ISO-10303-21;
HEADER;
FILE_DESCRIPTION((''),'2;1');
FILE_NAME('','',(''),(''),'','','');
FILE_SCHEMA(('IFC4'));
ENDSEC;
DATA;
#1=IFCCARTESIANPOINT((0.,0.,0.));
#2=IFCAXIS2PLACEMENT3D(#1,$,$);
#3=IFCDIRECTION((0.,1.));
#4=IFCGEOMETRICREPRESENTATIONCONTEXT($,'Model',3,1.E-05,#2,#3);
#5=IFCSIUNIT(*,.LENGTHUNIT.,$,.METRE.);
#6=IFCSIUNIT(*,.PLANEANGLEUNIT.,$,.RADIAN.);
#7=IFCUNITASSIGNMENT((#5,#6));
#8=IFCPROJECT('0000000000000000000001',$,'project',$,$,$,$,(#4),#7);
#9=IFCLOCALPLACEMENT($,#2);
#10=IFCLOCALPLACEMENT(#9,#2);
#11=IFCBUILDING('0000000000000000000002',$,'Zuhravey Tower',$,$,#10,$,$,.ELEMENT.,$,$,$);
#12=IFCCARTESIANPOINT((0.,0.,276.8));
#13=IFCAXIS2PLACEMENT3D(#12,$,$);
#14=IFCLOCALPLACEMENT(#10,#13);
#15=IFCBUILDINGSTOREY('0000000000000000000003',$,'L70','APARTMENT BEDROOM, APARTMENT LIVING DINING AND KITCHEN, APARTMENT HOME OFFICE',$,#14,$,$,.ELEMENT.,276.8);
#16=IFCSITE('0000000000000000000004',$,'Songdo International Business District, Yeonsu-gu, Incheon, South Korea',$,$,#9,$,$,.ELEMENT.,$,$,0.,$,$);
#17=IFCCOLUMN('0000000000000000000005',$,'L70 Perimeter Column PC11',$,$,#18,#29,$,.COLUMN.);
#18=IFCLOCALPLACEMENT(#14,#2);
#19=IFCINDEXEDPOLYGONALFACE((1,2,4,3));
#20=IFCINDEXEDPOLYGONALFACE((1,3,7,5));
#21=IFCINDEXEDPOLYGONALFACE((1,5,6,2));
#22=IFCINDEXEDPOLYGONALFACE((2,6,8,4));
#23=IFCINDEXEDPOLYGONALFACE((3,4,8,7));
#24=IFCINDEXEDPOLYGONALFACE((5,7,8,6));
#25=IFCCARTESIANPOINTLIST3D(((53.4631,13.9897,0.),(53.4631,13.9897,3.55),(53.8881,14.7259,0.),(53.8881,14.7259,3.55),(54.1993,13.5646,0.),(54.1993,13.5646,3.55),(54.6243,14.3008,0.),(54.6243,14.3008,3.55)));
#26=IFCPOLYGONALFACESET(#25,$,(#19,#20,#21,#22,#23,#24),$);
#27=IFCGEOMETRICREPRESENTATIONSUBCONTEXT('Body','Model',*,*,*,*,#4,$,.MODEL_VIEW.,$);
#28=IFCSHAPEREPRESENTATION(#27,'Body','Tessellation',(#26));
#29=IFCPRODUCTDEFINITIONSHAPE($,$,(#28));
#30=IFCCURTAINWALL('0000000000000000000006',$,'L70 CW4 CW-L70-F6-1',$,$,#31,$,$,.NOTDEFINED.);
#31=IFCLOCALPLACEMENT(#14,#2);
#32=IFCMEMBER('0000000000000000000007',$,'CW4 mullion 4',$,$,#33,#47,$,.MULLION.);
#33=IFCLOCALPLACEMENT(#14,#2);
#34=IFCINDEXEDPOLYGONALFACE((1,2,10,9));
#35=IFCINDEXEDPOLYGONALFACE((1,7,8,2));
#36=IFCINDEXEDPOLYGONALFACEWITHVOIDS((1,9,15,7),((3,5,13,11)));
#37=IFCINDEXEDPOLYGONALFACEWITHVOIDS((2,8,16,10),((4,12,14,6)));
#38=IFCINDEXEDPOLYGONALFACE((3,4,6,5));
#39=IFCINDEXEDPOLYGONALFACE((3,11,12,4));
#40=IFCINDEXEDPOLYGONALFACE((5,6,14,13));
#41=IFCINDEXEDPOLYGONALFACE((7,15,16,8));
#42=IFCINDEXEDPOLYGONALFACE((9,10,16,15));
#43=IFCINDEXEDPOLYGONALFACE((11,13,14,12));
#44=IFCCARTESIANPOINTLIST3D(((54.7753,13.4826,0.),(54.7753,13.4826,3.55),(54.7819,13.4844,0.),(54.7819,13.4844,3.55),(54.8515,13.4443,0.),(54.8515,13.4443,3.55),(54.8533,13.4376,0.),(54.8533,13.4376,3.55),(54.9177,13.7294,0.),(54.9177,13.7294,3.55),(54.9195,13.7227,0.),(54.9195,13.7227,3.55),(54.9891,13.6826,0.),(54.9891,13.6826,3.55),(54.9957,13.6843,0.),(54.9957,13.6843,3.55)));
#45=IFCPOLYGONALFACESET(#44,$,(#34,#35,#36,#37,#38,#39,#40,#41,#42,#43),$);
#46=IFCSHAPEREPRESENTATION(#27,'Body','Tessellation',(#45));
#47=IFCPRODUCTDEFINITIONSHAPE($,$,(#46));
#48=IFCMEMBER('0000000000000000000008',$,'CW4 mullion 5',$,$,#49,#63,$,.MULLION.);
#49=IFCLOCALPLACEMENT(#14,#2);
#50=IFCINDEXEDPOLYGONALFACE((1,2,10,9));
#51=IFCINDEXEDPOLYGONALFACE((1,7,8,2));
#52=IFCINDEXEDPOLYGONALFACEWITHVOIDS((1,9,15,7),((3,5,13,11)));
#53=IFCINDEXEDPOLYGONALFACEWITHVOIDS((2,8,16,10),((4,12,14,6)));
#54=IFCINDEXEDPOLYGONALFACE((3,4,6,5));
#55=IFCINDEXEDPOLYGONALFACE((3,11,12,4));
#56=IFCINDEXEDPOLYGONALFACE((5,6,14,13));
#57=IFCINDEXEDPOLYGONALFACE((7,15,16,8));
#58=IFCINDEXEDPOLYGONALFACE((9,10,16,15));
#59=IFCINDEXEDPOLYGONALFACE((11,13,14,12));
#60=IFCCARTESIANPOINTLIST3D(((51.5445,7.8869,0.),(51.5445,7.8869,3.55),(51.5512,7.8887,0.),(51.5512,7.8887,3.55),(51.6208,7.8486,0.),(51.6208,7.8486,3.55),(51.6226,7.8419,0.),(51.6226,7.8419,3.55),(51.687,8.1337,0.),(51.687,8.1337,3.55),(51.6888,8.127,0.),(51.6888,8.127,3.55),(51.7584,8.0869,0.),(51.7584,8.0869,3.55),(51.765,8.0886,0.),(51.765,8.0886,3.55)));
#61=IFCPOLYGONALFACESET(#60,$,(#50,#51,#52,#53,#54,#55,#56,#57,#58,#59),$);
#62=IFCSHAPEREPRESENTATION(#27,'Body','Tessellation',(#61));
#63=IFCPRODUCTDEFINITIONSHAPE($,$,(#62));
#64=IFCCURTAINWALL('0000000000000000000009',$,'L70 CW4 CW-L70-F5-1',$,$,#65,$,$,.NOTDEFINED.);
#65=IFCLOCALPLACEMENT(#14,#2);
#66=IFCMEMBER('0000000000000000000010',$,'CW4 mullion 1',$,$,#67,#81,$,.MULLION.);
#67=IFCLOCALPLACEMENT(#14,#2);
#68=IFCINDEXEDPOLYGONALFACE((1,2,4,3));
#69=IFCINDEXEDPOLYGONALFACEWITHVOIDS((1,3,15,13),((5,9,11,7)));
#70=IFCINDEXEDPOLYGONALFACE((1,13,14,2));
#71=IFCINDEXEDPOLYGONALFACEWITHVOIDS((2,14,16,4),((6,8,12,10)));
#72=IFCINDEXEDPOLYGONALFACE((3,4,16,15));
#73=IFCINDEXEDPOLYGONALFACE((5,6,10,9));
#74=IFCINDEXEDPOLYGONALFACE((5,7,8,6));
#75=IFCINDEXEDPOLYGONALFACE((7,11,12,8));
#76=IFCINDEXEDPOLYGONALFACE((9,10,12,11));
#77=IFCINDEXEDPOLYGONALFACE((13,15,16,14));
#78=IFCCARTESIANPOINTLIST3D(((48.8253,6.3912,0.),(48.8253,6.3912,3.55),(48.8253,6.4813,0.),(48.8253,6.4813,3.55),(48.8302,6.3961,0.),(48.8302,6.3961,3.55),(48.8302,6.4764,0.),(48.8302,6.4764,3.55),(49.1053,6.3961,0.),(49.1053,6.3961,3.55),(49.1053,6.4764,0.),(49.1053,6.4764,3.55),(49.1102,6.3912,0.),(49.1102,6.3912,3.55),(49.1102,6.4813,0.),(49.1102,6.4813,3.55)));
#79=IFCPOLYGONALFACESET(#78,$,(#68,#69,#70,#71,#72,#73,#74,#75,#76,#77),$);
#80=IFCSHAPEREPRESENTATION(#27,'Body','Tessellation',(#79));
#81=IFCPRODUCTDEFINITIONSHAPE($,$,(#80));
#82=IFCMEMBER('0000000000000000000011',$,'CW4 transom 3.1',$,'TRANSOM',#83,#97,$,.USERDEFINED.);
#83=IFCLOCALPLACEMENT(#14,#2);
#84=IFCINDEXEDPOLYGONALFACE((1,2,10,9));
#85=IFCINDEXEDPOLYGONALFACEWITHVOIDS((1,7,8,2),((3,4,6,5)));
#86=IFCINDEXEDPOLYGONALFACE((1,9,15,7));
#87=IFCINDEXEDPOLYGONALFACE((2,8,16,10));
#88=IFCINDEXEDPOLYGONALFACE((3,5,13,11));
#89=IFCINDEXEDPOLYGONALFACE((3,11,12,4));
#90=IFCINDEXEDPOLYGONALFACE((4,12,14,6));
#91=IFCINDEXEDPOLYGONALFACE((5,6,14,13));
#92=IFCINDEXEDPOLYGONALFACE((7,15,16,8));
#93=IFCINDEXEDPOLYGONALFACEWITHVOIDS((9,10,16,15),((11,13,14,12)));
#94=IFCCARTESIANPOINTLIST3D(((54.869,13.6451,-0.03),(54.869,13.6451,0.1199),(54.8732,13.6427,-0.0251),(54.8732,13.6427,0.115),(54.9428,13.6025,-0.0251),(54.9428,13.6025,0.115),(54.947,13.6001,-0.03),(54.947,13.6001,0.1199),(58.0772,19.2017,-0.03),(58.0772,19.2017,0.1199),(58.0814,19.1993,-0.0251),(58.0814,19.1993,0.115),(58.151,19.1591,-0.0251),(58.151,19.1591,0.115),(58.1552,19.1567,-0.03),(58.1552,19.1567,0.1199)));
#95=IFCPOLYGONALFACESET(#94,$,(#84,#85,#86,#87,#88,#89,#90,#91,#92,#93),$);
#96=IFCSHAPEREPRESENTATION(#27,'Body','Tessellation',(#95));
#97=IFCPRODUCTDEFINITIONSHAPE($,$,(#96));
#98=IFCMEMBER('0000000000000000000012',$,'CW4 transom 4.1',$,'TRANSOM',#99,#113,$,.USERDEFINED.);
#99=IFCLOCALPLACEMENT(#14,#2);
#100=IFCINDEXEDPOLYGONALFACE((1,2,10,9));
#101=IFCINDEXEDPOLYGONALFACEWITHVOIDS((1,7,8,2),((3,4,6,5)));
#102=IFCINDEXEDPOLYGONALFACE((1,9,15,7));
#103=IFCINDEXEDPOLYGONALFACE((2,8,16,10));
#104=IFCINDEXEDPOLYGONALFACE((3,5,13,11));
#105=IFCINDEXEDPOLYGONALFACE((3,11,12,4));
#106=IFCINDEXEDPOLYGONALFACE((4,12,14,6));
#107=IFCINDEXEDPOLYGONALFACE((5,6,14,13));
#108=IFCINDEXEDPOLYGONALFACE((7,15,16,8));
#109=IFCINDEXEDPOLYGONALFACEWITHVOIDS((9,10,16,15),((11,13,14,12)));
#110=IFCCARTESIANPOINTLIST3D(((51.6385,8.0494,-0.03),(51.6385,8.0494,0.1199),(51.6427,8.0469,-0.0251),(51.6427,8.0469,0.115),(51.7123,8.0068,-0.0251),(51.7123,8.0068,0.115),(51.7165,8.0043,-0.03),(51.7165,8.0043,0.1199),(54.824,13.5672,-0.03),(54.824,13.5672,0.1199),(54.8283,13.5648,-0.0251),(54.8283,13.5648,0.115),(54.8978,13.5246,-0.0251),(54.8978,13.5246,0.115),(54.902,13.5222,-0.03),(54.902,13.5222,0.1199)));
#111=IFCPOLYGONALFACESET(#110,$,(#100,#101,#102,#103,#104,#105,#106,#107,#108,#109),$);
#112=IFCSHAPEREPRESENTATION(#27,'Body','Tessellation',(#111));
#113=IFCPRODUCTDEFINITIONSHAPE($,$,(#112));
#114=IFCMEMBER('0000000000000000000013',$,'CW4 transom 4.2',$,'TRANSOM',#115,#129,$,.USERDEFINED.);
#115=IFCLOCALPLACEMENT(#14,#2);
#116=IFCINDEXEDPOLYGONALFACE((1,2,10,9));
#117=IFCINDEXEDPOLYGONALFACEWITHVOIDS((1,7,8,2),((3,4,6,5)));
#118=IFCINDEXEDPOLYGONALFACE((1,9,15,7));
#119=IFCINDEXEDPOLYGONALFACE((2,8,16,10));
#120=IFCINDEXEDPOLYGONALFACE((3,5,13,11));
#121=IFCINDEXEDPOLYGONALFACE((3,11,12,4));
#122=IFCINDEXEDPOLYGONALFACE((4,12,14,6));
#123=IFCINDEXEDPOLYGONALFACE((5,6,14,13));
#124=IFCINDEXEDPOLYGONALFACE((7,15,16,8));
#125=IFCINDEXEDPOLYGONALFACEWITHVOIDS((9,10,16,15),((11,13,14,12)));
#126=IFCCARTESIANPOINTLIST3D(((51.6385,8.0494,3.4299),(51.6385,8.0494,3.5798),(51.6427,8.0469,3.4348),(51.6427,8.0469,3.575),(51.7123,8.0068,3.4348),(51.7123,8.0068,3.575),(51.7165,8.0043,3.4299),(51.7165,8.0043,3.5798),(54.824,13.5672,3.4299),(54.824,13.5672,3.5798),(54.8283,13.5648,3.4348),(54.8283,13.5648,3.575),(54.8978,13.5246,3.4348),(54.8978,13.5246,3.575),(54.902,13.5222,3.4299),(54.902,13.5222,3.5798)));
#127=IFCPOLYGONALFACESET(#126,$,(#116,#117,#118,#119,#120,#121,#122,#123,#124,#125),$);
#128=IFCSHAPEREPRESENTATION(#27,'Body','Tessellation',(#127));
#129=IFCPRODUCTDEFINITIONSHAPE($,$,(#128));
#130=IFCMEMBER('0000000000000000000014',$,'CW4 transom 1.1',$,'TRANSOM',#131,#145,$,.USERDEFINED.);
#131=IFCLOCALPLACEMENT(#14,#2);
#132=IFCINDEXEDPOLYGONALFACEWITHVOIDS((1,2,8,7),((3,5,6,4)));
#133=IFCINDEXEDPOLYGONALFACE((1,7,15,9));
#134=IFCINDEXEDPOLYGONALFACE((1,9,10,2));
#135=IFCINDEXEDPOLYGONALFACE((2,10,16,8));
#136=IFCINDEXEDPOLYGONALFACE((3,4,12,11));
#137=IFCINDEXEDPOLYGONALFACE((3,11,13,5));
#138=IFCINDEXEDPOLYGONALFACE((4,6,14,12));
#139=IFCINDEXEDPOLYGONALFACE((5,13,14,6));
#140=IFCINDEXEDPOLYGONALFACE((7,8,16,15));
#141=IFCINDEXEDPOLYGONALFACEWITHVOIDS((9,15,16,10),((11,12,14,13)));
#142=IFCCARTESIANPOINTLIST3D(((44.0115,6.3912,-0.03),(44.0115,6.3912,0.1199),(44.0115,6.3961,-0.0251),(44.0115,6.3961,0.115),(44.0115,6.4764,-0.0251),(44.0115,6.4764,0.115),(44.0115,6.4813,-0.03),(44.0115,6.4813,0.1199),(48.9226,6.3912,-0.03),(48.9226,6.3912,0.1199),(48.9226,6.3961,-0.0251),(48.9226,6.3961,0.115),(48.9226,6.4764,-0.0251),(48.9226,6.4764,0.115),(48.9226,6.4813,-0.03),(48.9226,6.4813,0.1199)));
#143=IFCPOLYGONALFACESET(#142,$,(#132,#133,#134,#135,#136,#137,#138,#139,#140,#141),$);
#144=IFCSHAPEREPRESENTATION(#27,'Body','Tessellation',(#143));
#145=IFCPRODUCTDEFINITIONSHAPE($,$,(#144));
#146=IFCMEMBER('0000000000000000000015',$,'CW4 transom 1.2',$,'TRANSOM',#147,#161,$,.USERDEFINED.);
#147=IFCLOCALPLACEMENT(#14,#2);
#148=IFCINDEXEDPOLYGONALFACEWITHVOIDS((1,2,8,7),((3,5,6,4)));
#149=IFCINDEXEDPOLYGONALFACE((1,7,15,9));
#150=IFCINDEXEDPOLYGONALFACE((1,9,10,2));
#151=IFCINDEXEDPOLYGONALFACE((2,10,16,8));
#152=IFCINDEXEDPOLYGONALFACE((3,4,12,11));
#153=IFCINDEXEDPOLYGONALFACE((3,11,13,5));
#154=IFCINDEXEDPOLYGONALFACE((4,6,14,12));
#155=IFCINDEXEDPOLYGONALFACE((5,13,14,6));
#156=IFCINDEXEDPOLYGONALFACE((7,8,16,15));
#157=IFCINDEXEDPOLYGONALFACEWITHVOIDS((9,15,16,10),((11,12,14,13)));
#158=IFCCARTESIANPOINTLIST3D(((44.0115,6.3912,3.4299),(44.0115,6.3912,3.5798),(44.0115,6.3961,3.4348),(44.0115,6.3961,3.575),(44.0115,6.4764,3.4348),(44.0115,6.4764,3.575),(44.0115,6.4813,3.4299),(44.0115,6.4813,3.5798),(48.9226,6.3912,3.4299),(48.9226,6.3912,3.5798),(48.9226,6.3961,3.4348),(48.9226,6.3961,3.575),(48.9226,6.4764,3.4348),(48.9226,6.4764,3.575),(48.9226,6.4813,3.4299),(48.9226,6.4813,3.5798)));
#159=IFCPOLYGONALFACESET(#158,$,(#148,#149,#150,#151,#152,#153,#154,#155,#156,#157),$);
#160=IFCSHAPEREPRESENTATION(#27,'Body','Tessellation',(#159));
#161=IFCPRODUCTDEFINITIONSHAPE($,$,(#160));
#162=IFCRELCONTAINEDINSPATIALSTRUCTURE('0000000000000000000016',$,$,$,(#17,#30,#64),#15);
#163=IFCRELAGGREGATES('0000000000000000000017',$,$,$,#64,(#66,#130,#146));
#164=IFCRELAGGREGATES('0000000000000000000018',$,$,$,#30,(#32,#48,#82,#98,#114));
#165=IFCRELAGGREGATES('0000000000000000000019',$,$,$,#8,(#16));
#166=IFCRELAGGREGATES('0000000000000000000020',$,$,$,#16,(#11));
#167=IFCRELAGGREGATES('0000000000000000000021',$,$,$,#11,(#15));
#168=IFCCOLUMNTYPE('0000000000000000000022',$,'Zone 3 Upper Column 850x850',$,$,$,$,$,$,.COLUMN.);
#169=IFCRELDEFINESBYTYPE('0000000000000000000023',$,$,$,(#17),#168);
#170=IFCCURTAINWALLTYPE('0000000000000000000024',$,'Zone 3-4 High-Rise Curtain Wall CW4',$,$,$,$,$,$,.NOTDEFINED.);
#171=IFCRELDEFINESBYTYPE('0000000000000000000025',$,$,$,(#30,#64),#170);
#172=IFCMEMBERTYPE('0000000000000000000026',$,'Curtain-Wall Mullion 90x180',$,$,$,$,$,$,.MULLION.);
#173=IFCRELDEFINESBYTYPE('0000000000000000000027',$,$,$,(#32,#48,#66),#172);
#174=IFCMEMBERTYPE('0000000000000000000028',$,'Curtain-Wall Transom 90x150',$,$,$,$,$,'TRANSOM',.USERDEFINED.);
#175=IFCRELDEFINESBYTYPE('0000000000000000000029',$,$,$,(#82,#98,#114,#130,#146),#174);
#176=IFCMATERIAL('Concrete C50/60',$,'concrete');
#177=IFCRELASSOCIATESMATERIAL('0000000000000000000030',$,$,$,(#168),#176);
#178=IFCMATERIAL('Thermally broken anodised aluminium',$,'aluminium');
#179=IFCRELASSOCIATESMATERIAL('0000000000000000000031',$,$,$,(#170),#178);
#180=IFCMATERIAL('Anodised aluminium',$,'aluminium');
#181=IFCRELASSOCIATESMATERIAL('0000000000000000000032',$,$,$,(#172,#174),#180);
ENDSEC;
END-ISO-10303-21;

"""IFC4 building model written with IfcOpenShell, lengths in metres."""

from ifc_helpers import new_model, si_unit, direction, frame, origin, origin_2d, place, context, subcontext, project, spatial, rectangle, hollow_rectangle, extrude, material, material_profile, profile_set, type_object, element, aggregate, save


model = new_model("IFC4")

# Units and contexts
model_context = context("Model", 3, precision=1e-05, world=origin(), true_north=direction((0.0, 1.0)))
body_context = subcontext(model_context, "Body", "Model", "MODEL_VIEW")
ifc_project = project(units=[si_unit("LENGTHUNIT", "METRE"), si_unit("PLANEANGLEUNIT", "RADIAN")], contexts=[model_context])

# Site, building, storey
site_placement = place(None, origin())
site = spatial("IfcSite", under=ifc_project, at=site_placement, Name="Songdo International Business District, Yeonsu-gu, Incheon, South Korea", CompositionType="ELEMENT", RefElevation=0.0)
building_placement = place(site_placement, origin())
building = spatial("IfcBuilding", under=site, at=building_placement, Name="Zuhravey Tower", CompositionType="ELEMENT")
storey_placement = place(building_placement, frame((0.0, 0.0, 276.8)))
storey = spatial("IfcBuildingStorey", under=building, at=storey_placement, Name="L70", Description="APARTMENT BEDROOM, APARTMENT LIVING DINING AND KITCHEN, APARTMENT HOME OFFICE", CompositionType="ELEMENT", Elevation=276.8)

# Column
ifc_material_1 = material(Name="Concrete C50/60", Category="concrete")
ifc_material_profile_1 = material_profile(ifc_material_1, rectangle(XDim=0.8501, YDim=0.8501, at=origin_2d()), Name="RC-850x850")
ifc_profile_set_1 = profile_set([ifc_material_profile_1], Name="Concrete C50/60")
column_type = type_object("IfcColumnType", Name="Zone 3 Upper Column 850x850", PredefinedType="COLUMN", material=ifc_profile_set_1)
column_placement = place(storey_placement, frame((54.0437, 14.1453, 0.0), z_axis=(0.0, 0.0, 1.0), x_axis=(0.5, 0.866025, 0.0)))
element("IfcColumn", 1, at=column_placement, inside=storey, type_object=column_type, Name="L70 Perimeter Column PC11", PredefinedType="COLUMN", context=body_context, shape_type="SweptSolid", body=[
    extrude(rectangle(XDim=0.8501, YDim=0.8501, at=origin_2d()), origin(), (0.0, 0.0, 1.0), 3.55),
])

# Curtain wall, members
ifc_material_2 = material(Name="Thermally broken anodised aluminium", Category="aluminium")
curtain_wall_type = type_object("IfcCurtainWallType", Name="Zone 3-4 High-Rise Curtain Wall CW4", PredefinedType="NOTDEFINED", material=ifc_material_2)
curtain_wall_1_placement = place(storey_placement, origin())
curtain_wall_1 = element("IfcCurtainWall", 2, at=curtain_wall_1_placement, inside=storey, type_object=curtain_wall_type, Name="L70 CW4 CW-L70-F6-1", PredefinedType="NOTDEFINED")
ifc_material_3 = material(Name="Anodised aluminium", Category="aluminium")
ifc_material_profile_2 = material_profile(ifc_material_3, hollow_rectangle(XDim=0.0901, YDim=0.2849, WallThickness=0.0049, at=origin_2d()), Name="ALU-RHS-90x285x5")
ifc_profile_set_2 = profile_set([ifc_material_profile_2], Name="Anodised aluminium")
member_type_1 = type_object("IfcMemberType", Name="Curtain-Wall Mullion 90x180", PredefinedType="MULLION", material=ifc_profile_set_2)
member_1_placement = place(storey_placement, frame((54.8855, 13.5835, 0.0), z_axis=(0.0, 0.0, 1.0), x_axis=(0.866025, -0.500001, 0.0)))
member_1 = element("IfcMember", 3, at=member_1_placement, type_object=member_type_1, Name="CW4 mullion 4", PredefinedType="MULLION", context=body_context, shape_type="SweptSolid", body=[
    extrude(hollow_rectangle(XDim=0.0901, YDim=0.2849, WallThickness=0.0049, at=origin_2d()), origin(), (0.0, 0.0, 1.0), 3.55),
])
member_2_placement = place(storey_placement, frame((51.6548, 7.9878, 0.0), z_axis=(0.0, 0.0, 1.0), x_axis=(0.866025, -0.500001, 0.0)))
member_2 = element("IfcMember", 4, at=member_2_placement, type_object=member_type_1, Name="CW4 mullion 5", PredefinedType="MULLION", context=body_context, shape_type="SweptSolid", body=[
    extrude(hollow_rectangle(XDim=0.0901, YDim=0.2849, WallThickness=0.0049, at=origin_2d()), origin(), (0.0, 0.0, 1.0), 3.55),
])

# Curtain wall, member
curtain_wall_2_placement = place(storey_placement, origin())
curtain_wall_2 = element("IfcCurtainWall", 5, at=curtain_wall_2_placement, inside=storey, type_object=curtain_wall_type, Name="L70 CW4 CW-L70-F5-1", PredefinedType="NOTDEFINED")
member_3_placement = place(storey_placement, frame((48.9678, 6.4363, 0.0), z_axis=(0.0, 0.0, 1.0), x_axis=(0.0, -1.0, 0.0)))
member_3 = element("IfcMember", 6, at=member_3_placement, type_object=member_type_1, Name="CW4 mullion 1", PredefinedType="MULLION", context=body_context, shape_type="SweptSolid", body=[
    extrude(hollow_rectangle(XDim=0.0901, YDim=0.2849, WallThickness=0.0049, at=origin_2d()), origin(), (0.0, 0.0, 1.0), 3.55),
])

# Members
ifc_material_profile_3 = material_profile(ifc_material_3, hollow_rectangle(XDim=0.0901, YDim=0.1499, WallThickness=0.0049, at=origin_2d()), Name="ALU-RHS-90x150x5")
ifc_profile_set_3 = profile_set([ifc_material_profile_3], Name="Anodised aluminium")
member_type_2 = type_object("IfcMemberType", Name="Curtain-Wall Transom 90x150", ElementType="TRANSOM", PredefinedType="USERDEFINED", material=ifc_profile_set_3)
member_4_placement = place(storey_placement, frame((58.1162, 19.1792, 0.0449), z_axis=(-0.500014, -0.866017, 0.0), x_axis=(0.866017, -0.500014, 0.0)))
member_4 = element("IfcMember", 7, at=member_4_placement, type_object=member_type_2, Name="CW4 transom 3.1", ObjectType="TRANSOM", PredefinedType="USERDEFINED", context=body_context, shape_type="SweptSolid", body=[
    extrude(hollow_rectangle(XDim=0.0901, YDim=0.1499, WallThickness=0.0049, at=origin_2d()), origin(), (0.0, 0.0, 1.0), 6.4163),
])
member_5_placement = place(storey_placement, frame((54.863, 13.5447, 0.0449), z_axis=(-0.49998, -0.866037, 0.0), x_axis=(0.866037, -0.49998, 0.0)))
member_5 = element("IfcMember", 8, at=member_5_placement, type_object=member_type_2, Name="CW4 transom 4.1", ObjectType="TRANSOM", PredefinedType="USERDEFINED", context=body_context, shape_type="SweptSolid", body=[
    extrude(hollow_rectangle(XDim=0.0901, YDim=0.1499, WallThickness=0.0049, at=origin_2d()), origin(), (0.0, 0.0, 1.0), 6.3713),
])
member_6_placement = place(storey_placement, frame((54.863, 13.5447, 3.5049), z_axis=(-0.49998, -0.866037, 0.0), x_axis=(0.866037, -0.49998, 0.0)))
member_6 = element("IfcMember", 9, at=member_6_placement, type_object=member_type_2, Name="CW4 transom 4.2", ObjectType="TRANSOM", PredefinedType="USERDEFINED", context=body_context, shape_type="SweptSolid", body=[
    extrude(hollow_rectangle(XDim=0.0901, YDim=0.1499, WallThickness=0.0049, at=origin_2d()), origin(), (0.0, 0.0, 1.0), 6.3713),
])
member_7_placement = place(storey_placement, frame((48.9226, 6.4363, 0.0449), z_axis=(-1.0, 0.0, 0.0), x_axis=(0.0, -1.0, 0.0)))
member_7 = element("IfcMember", 10, at=member_7_placement, type_object=member_type_2, Name="CW4 transom 1.1", ObjectType="TRANSOM", PredefinedType="USERDEFINED", context=body_context, shape_type="SweptSolid", body=[
    extrude(hollow_rectangle(XDim=0.0901, YDim=0.1499, WallThickness=0.0049, at=origin_2d()), origin(), (0.0, 0.0, 1.0), 4.9111),
])
member_8_placement = place(storey_placement, frame((48.9226, 6.4363, 3.5049), z_axis=(-1.0, 0.0, 0.0), x_axis=(0.0, -1.0, 0.0)))
member_8 = element("IfcMember", 11, at=member_8_placement, type_object=member_type_2, Name="CW4 transom 1.2", ObjectType="TRANSOM", PredefinedType="USERDEFINED", context=body_context, shape_type="SweptSolid", body=[
    extrude(hollow_rectangle(XDim=0.0901, YDim=0.1499, WallThickness=0.0049, at=origin_2d()), origin(), (0.0, 0.0, 1.0), 4.9111),
])
aggregate(curtain_wall_2, [member_3, member_7, member_8])

aggregate(curtain_wall_1, [member_1, member_2, member_4, member_5, member_6])

save(model, "model.ifc")
